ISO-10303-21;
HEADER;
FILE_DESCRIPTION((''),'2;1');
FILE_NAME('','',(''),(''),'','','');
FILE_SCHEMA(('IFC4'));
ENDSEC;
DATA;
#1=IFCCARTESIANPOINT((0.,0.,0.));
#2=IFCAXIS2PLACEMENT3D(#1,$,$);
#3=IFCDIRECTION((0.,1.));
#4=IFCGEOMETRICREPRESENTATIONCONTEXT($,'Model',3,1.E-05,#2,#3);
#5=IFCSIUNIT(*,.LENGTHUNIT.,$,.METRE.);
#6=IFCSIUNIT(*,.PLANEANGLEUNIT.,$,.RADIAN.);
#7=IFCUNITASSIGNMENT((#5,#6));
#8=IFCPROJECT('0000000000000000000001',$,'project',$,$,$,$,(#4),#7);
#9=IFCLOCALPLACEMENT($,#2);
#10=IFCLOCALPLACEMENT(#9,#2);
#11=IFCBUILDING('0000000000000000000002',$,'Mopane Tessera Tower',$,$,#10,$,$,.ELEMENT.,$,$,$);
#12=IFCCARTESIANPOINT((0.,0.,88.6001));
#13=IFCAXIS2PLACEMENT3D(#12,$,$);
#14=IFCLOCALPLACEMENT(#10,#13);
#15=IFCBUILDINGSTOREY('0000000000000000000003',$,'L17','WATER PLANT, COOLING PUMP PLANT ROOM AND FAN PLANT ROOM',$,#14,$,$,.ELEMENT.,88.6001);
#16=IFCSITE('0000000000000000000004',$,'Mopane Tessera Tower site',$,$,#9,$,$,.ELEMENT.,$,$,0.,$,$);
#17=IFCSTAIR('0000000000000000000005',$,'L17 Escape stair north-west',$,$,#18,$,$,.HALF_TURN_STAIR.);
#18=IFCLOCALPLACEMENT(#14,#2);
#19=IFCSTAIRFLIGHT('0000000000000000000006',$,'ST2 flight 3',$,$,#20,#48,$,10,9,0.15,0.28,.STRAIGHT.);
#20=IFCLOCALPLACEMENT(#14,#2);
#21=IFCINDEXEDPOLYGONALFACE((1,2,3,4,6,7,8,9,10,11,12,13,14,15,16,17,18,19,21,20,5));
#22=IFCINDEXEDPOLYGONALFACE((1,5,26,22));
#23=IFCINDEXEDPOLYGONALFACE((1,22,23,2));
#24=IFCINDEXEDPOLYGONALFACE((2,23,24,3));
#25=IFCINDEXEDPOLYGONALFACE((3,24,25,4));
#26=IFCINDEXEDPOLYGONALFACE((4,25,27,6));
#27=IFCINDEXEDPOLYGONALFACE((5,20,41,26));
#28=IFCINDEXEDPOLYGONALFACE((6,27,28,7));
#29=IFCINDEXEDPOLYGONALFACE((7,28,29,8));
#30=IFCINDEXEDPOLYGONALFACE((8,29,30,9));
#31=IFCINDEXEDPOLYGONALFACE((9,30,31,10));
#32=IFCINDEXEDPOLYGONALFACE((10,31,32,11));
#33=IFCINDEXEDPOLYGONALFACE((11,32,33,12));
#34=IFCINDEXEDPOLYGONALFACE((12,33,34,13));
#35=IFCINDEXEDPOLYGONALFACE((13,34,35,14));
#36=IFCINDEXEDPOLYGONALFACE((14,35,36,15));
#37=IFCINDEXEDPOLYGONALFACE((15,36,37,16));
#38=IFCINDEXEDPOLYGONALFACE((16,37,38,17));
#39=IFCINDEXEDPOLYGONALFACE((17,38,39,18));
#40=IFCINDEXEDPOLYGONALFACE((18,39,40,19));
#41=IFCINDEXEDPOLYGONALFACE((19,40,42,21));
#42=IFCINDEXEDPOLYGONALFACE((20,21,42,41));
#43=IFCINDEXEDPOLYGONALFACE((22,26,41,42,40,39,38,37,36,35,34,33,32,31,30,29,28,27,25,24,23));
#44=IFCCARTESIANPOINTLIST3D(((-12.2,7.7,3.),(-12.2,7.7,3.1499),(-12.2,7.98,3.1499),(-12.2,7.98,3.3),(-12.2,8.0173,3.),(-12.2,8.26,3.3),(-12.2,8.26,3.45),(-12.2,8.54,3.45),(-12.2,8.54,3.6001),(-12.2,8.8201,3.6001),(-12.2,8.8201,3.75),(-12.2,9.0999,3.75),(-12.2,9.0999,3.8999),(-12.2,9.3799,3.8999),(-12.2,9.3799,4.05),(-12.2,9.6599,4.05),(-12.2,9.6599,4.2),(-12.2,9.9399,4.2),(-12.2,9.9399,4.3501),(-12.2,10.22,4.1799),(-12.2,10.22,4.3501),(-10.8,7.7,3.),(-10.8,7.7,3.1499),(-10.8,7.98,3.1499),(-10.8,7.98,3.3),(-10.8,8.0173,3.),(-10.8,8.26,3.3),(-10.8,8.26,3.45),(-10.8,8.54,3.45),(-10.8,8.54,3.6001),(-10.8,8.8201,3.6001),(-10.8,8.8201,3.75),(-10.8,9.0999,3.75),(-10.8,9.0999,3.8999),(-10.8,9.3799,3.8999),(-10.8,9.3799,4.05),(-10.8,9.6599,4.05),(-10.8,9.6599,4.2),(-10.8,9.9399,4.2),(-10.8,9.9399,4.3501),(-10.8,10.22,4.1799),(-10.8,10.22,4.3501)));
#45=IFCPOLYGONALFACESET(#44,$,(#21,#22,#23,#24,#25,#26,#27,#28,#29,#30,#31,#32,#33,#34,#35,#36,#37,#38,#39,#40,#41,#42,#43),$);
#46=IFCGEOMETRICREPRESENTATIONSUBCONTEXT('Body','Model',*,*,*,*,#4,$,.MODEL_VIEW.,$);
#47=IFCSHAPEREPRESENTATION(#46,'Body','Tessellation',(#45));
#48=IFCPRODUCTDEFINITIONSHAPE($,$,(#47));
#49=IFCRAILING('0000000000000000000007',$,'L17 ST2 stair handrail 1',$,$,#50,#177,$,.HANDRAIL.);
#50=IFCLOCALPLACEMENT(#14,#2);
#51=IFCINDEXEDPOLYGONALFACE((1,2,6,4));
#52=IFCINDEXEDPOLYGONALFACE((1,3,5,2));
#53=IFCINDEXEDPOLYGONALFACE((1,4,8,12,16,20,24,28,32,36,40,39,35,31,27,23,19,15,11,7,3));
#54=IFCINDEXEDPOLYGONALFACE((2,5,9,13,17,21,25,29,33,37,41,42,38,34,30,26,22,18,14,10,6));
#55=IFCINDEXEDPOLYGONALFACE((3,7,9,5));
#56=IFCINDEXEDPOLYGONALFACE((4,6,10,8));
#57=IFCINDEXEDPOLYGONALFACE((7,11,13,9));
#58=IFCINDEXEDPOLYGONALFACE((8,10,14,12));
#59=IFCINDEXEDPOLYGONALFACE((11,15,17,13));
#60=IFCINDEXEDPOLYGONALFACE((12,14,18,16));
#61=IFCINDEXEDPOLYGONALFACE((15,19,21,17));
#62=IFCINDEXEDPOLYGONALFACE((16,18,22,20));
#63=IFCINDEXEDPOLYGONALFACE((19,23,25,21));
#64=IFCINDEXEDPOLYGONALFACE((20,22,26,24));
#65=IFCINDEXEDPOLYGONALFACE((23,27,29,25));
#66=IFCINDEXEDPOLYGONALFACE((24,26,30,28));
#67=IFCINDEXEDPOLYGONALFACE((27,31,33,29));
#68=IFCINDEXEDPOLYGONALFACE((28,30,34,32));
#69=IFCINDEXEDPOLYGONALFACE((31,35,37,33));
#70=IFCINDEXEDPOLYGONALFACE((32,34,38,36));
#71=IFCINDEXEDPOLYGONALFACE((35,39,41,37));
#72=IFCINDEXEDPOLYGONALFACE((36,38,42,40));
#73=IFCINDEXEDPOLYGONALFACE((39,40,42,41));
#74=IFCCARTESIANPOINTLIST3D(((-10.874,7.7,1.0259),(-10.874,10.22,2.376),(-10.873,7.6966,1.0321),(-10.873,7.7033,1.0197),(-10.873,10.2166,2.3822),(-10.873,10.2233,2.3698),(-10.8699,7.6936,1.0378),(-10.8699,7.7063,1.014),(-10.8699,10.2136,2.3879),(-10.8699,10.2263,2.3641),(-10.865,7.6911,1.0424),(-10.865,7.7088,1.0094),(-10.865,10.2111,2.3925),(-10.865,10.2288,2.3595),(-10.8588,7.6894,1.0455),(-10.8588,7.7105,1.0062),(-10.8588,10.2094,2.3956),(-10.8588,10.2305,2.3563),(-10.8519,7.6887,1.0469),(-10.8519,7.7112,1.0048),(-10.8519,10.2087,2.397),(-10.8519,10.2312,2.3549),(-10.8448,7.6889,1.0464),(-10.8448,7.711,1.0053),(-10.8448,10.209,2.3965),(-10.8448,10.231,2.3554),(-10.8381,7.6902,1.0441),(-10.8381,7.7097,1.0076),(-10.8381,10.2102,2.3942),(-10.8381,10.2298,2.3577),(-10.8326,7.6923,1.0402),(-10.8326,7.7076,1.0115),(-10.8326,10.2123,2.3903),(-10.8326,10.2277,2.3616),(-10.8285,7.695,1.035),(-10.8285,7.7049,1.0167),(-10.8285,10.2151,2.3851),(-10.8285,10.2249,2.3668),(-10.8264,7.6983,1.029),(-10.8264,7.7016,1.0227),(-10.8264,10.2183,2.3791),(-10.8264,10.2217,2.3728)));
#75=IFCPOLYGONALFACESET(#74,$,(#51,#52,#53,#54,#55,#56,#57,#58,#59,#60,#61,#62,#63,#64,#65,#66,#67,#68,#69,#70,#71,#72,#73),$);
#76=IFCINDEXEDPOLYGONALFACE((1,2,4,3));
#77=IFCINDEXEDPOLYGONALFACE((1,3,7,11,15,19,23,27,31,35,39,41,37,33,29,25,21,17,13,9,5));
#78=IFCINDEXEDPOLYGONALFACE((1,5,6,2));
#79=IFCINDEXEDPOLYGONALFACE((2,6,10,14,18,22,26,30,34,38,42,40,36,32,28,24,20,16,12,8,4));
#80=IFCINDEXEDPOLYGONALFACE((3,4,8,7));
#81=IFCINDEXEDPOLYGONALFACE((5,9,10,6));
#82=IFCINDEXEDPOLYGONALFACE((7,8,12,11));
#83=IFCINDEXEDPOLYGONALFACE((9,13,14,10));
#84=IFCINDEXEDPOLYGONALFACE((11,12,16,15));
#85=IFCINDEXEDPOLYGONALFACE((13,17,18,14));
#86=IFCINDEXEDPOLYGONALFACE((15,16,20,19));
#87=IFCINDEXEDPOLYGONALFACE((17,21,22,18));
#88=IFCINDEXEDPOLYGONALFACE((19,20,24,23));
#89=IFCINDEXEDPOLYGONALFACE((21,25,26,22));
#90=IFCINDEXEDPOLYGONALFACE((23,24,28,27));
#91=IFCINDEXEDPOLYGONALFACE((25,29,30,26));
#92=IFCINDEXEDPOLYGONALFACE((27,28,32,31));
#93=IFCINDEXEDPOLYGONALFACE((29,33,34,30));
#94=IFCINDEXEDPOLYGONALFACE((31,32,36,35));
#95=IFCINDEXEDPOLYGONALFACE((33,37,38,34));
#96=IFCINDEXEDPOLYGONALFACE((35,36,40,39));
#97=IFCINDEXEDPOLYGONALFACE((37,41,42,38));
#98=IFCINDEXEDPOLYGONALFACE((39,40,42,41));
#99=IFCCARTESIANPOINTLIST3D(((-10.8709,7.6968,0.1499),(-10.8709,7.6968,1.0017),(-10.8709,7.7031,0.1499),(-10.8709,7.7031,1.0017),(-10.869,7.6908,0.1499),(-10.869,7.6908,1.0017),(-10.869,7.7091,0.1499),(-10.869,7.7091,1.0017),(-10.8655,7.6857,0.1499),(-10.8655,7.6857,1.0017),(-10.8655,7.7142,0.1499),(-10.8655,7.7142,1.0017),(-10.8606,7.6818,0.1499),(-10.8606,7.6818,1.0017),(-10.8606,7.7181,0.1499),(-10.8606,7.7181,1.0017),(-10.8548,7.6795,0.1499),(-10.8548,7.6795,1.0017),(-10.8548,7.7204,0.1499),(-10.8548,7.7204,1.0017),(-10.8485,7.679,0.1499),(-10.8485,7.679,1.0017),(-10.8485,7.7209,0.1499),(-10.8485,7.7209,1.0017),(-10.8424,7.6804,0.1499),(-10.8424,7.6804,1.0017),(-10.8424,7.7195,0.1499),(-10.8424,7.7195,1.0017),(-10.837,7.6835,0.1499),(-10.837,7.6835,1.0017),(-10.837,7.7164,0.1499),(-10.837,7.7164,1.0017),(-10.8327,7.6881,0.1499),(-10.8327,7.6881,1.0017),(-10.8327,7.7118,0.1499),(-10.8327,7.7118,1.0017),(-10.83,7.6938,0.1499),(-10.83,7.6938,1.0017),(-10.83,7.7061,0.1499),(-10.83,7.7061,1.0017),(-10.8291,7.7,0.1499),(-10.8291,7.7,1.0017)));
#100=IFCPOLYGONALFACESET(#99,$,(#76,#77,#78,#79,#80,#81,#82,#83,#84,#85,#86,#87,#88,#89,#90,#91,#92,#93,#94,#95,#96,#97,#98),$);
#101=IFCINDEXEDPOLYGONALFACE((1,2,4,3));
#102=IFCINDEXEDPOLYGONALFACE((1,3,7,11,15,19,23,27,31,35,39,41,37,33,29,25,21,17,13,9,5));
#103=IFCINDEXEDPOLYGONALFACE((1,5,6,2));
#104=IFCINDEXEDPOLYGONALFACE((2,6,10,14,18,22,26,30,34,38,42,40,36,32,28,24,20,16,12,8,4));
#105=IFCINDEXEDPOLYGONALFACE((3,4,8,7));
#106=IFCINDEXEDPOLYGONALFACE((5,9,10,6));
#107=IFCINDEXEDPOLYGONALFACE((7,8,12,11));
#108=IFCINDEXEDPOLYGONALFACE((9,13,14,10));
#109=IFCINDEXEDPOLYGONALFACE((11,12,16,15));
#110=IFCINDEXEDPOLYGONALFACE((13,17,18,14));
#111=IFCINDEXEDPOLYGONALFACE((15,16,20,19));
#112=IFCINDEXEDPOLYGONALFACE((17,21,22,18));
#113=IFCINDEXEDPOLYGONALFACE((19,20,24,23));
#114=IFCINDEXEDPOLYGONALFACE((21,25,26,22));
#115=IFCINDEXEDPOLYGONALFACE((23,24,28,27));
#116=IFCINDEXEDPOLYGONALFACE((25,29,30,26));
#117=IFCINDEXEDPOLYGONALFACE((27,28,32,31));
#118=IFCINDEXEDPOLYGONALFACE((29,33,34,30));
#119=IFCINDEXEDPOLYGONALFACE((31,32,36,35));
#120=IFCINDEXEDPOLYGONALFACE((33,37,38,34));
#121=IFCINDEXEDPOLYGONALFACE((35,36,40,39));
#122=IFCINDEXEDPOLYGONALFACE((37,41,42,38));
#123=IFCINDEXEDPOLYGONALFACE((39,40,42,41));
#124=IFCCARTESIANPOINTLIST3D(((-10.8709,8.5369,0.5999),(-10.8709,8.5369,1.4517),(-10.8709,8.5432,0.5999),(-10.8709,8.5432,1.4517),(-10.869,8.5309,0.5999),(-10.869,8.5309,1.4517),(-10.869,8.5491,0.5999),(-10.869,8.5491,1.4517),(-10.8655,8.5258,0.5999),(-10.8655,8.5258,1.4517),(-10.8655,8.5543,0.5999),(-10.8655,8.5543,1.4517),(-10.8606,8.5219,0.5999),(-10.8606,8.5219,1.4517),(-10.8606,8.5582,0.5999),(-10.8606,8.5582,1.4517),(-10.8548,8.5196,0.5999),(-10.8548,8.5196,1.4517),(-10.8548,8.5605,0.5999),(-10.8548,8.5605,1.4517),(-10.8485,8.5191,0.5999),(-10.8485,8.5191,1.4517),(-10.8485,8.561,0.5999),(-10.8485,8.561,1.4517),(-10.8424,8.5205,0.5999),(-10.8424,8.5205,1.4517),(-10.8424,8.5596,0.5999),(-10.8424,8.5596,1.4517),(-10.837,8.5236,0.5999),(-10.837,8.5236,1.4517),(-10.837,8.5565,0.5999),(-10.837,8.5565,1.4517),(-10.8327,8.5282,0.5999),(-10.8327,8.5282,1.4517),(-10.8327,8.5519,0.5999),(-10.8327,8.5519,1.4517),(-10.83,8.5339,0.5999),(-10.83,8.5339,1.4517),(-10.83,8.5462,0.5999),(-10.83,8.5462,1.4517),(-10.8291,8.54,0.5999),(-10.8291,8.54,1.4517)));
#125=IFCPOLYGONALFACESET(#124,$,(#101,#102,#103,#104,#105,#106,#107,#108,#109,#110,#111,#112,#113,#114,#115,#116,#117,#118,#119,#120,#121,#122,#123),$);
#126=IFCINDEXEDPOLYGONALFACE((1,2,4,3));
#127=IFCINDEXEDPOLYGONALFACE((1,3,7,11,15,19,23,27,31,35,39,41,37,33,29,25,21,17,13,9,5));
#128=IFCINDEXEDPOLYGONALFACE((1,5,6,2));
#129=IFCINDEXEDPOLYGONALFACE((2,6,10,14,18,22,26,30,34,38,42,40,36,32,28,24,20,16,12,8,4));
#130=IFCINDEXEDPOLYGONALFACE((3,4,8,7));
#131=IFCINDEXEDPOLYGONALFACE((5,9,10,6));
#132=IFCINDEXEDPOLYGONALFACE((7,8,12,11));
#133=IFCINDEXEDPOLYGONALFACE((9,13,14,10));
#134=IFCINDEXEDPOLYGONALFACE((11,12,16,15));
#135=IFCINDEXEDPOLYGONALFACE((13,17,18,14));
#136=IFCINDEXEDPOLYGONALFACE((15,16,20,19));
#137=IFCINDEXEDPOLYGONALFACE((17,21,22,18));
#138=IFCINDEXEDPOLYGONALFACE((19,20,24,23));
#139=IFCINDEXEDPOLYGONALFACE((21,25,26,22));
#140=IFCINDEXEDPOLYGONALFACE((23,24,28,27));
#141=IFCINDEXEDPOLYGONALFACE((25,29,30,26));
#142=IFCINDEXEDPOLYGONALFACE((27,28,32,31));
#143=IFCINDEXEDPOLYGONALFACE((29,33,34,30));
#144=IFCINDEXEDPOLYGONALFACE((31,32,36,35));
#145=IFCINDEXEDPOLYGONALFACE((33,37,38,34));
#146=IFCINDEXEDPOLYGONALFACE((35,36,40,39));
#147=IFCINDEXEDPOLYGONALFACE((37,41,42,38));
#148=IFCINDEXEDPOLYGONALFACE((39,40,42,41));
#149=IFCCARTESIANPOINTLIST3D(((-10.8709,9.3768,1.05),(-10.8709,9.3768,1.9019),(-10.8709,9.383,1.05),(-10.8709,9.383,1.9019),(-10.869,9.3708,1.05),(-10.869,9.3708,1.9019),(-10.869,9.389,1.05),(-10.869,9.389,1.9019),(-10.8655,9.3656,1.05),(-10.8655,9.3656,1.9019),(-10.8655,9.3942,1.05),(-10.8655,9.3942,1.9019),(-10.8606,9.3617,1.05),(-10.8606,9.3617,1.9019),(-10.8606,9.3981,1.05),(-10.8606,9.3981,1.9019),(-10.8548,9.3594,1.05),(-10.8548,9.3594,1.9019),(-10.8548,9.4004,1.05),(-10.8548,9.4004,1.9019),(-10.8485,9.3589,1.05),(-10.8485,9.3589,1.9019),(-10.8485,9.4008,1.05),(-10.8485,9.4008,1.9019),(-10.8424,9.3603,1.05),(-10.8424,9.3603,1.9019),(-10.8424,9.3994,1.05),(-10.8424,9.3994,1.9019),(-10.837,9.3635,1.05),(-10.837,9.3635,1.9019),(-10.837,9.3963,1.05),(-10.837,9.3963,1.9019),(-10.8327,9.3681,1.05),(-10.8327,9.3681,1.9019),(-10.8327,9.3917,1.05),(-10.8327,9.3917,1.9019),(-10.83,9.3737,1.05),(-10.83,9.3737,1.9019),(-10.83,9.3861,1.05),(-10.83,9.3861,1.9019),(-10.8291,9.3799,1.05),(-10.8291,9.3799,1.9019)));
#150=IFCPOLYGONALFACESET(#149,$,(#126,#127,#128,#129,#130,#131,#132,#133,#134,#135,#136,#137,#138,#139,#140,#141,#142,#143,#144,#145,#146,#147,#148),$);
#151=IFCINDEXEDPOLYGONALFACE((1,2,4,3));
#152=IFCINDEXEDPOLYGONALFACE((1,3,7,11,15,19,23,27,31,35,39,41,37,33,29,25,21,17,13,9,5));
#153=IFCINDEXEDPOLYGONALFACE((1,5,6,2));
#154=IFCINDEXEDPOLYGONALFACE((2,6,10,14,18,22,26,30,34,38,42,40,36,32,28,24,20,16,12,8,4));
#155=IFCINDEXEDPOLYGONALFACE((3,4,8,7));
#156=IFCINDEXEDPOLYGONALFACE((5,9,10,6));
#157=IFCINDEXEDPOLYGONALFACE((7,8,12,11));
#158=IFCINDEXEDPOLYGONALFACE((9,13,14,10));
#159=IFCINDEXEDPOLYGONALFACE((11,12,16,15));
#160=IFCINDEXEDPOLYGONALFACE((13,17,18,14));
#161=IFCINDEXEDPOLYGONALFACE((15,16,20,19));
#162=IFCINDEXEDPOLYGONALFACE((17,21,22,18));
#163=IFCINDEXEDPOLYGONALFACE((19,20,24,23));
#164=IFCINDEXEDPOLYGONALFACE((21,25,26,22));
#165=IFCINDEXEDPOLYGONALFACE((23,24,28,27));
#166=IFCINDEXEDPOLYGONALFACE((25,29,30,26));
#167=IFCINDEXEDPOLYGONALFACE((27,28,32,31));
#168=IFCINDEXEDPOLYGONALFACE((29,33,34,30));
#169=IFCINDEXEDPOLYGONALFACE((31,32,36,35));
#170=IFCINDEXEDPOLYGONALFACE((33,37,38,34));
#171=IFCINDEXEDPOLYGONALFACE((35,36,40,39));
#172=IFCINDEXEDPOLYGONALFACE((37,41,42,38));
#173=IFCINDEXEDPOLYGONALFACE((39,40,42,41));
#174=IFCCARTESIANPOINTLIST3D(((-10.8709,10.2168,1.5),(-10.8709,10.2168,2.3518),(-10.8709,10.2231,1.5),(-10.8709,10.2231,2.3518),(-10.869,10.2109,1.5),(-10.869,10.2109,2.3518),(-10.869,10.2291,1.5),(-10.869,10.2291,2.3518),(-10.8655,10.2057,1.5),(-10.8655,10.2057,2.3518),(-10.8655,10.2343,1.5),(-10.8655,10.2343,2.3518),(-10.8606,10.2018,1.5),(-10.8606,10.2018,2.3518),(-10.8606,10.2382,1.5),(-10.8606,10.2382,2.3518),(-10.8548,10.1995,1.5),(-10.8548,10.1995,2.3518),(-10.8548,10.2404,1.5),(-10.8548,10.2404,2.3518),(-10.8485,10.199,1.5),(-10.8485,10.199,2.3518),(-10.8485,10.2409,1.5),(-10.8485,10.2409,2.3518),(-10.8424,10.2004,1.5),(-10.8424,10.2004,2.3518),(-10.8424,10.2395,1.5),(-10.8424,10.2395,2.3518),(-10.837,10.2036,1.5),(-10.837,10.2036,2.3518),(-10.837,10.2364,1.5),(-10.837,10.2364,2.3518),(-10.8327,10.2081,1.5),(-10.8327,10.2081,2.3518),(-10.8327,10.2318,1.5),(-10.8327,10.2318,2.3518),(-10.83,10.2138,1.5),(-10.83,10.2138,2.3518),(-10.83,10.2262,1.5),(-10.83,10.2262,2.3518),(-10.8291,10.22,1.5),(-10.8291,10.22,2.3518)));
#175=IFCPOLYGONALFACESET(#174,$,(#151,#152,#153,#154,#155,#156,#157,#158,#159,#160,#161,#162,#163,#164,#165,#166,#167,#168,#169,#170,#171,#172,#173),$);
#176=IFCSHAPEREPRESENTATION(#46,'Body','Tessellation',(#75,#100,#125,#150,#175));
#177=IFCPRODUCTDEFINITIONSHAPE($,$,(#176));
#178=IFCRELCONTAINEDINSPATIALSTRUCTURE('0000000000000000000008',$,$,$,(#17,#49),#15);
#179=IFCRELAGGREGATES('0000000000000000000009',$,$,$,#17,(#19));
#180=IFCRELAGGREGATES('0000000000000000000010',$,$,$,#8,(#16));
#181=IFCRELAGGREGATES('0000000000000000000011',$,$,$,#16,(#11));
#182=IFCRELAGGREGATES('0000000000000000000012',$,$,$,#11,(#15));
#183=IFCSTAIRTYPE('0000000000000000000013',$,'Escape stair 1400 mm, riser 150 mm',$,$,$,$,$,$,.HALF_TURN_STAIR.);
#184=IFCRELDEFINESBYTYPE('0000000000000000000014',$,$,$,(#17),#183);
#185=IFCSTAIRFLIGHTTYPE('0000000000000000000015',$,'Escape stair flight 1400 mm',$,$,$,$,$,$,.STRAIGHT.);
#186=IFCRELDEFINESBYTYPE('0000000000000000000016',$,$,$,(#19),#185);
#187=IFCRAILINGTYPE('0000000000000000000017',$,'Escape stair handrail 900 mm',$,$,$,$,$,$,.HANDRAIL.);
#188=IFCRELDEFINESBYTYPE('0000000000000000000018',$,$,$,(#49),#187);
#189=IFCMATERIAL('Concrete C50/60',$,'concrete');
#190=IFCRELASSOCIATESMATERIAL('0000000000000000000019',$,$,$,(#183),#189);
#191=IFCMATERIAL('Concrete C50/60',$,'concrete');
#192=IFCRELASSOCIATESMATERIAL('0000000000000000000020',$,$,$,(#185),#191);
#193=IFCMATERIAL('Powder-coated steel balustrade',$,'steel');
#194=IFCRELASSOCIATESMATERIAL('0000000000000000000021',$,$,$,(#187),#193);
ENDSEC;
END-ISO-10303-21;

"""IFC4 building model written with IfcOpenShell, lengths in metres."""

from ifc_helpers import new_model, si_unit, direction, frame, origin, origin_2d, place, context, subcontext, project, spatial, polyline, circle, outline, extrude, material, type_object, element, aggregate, save


model = new_model("IFC4")

# Units and contexts
model_context = context("Model", 3, precision=1e-05, world=origin(), true_north=direction((0.0, 1.0)))
body_context = subcontext(model_context, "Body", "Model", "MODEL_VIEW")
ifc_project = project(units=[si_unit("LENGTHUNIT", "METRE"), si_unit("PLANEANGLEUNIT", "RADIAN")], contexts=[model_context])

# Site, building, storey
site_placement = place(None, origin())
site = spatial("IfcSite", under=ifc_project, at=site_placement, Name="Mopane Tessera Tower site", CompositionType="ELEMENT", RefElevation=0.0)
building_placement = place(site_placement, origin())
building = spatial("IfcBuilding", under=site, at=building_placement, Name="Mopane Tessera Tower", CompositionType="ELEMENT")
storey_placement = place(building_placement, frame((0.0, 0.0, 88.6001)))
storey = spatial("IfcBuildingStorey", under=building, at=storey_placement, Name="L17", Description="WATER PLANT, COOLING PUMP PLANT ROOM AND FAN PLANT ROOM", CompositionType="ELEMENT", Elevation=88.6001)

# Stair, stair flight
ifc_material_1 = material(Name="Concrete C50/60", Category="concrete")
stair_type = type_object("IfcStairType", Name="Escape stair 1400 mm, riser 150 mm", PredefinedType="HALF_TURN_STAIR", material=ifc_material_1)
stair_placement = place(storey_placement, origin())
stair = element("IfcStair", 1, at=stair_placement, inside=storey, type_object=stair_type, Name="L17 Escape stair north-west", PredefinedType="HALF_TURN_STAIR")
ifc_material_2 = material(Name="Concrete C50/60", Category="concrete")
stair_flight_type = type_object("IfcStairFlightType", Name="Escape stair flight 1400 mm", PredefinedType="STRAIGHT", material=ifc_material_2)
stair_flight_1_placement = place(storey_placement, frame((-11.5, 7.7, 3.0), z_axis=(0.0, 0.0, 1.0), x_axis=(0.0, 1.0, 0.0)))
stair_flight_1 = element("IfcStairFlight", 2, at=stair_flight_1_placement, type_object=stair_flight_type, Name="ST2 flight 3", NumberOfRisers=10, NumberOfTreads=9, PredefinedType="STRAIGHT", RiserHeight=0.15, TreadLength=0.28, context=body_context, shape_type="SweptSolid", body=[
    extrude(outline(polyline([(0.0, 0.0), (0.0, 0.1499), (0.28, 0.1499), (0.28, 0.3), (0.5601, 0.3), (0.5601, 0.45), (0.8401, 0.45), (0.8401, 0.6001), (1.1201, 0.6001), (1.1201, 0.75), (1.3999, 0.75), (1.3999, 0.8999), (1.6799, 0.8999), (1.6799, 1.05), (1.96, 1.05), (1.96, 1.2), (2.24, 1.2), (2.24, 1.3501), (2.52, 1.3501), (2.52, 1.5), (2.52, 1.1799), (0.3174, 0.0), (0.0, 0.0)])), frame((0.0, 0.7, 0.0), z_axis=(0.0, -1.0, 0.0), x_axis=(1.0, 0.0, 0.0)), (0.0, 0.0, 1.0), 1.3999),
])
aggregate(stair, [stair_flight_1])

# Railing
ifc_material_3 = material(Name="Powder-coated steel balustrade", Category="steel")
railing_type = type_object("IfcRailingType", Name="Escape stair handrail 900 mm", PredefinedType="HANDRAIL", material=ifc_material_3)
for number, where, name in (
    (3, (-10.8501, 7.7, 0.1499), "L17 ST2 stair handrail 1"),
):
    element("IfcRailing", number, at=place(storey_placement, frame(where)), inside=storey, type_object=railing_type, Name=name, PredefinedType="HANDRAIL", context=body_context, shape_type="SweptSolid", body=[
        extrude(circle(Radius=0.0239, at=origin_2d()), frame((0.0, 0.0, 0.876), z_axis=(0.0, 0.881467, 0.472245), x_axis=(-1.0, 0.0, 0.0)), (0.0, 0.0, 1.0), 2.8589),
        extrude(circle(Radius=0.021, at=origin_2d()), origin(), (0.0, 0.0, 1.0), 0.8518),
        extrude(circle(Radius=0.021, at=origin_2d()), frame((0.0, 0.8401, 0.45)), (0.0, 0.0, 1.0), 0.8518),
        extrude(circle(Radius=0.021, at=origin_2d()), frame((0.0, 1.6799, 0.9001)), (0.0, 0.0, 1.0), 0.8518),
        extrude(circle(Radius=0.021, at=origin_2d()), frame((0.0, 2.52, 1.3501)), (0.0, 0.0, 1.0), 0.8518),
    ])

save(model, "model.ifc")
